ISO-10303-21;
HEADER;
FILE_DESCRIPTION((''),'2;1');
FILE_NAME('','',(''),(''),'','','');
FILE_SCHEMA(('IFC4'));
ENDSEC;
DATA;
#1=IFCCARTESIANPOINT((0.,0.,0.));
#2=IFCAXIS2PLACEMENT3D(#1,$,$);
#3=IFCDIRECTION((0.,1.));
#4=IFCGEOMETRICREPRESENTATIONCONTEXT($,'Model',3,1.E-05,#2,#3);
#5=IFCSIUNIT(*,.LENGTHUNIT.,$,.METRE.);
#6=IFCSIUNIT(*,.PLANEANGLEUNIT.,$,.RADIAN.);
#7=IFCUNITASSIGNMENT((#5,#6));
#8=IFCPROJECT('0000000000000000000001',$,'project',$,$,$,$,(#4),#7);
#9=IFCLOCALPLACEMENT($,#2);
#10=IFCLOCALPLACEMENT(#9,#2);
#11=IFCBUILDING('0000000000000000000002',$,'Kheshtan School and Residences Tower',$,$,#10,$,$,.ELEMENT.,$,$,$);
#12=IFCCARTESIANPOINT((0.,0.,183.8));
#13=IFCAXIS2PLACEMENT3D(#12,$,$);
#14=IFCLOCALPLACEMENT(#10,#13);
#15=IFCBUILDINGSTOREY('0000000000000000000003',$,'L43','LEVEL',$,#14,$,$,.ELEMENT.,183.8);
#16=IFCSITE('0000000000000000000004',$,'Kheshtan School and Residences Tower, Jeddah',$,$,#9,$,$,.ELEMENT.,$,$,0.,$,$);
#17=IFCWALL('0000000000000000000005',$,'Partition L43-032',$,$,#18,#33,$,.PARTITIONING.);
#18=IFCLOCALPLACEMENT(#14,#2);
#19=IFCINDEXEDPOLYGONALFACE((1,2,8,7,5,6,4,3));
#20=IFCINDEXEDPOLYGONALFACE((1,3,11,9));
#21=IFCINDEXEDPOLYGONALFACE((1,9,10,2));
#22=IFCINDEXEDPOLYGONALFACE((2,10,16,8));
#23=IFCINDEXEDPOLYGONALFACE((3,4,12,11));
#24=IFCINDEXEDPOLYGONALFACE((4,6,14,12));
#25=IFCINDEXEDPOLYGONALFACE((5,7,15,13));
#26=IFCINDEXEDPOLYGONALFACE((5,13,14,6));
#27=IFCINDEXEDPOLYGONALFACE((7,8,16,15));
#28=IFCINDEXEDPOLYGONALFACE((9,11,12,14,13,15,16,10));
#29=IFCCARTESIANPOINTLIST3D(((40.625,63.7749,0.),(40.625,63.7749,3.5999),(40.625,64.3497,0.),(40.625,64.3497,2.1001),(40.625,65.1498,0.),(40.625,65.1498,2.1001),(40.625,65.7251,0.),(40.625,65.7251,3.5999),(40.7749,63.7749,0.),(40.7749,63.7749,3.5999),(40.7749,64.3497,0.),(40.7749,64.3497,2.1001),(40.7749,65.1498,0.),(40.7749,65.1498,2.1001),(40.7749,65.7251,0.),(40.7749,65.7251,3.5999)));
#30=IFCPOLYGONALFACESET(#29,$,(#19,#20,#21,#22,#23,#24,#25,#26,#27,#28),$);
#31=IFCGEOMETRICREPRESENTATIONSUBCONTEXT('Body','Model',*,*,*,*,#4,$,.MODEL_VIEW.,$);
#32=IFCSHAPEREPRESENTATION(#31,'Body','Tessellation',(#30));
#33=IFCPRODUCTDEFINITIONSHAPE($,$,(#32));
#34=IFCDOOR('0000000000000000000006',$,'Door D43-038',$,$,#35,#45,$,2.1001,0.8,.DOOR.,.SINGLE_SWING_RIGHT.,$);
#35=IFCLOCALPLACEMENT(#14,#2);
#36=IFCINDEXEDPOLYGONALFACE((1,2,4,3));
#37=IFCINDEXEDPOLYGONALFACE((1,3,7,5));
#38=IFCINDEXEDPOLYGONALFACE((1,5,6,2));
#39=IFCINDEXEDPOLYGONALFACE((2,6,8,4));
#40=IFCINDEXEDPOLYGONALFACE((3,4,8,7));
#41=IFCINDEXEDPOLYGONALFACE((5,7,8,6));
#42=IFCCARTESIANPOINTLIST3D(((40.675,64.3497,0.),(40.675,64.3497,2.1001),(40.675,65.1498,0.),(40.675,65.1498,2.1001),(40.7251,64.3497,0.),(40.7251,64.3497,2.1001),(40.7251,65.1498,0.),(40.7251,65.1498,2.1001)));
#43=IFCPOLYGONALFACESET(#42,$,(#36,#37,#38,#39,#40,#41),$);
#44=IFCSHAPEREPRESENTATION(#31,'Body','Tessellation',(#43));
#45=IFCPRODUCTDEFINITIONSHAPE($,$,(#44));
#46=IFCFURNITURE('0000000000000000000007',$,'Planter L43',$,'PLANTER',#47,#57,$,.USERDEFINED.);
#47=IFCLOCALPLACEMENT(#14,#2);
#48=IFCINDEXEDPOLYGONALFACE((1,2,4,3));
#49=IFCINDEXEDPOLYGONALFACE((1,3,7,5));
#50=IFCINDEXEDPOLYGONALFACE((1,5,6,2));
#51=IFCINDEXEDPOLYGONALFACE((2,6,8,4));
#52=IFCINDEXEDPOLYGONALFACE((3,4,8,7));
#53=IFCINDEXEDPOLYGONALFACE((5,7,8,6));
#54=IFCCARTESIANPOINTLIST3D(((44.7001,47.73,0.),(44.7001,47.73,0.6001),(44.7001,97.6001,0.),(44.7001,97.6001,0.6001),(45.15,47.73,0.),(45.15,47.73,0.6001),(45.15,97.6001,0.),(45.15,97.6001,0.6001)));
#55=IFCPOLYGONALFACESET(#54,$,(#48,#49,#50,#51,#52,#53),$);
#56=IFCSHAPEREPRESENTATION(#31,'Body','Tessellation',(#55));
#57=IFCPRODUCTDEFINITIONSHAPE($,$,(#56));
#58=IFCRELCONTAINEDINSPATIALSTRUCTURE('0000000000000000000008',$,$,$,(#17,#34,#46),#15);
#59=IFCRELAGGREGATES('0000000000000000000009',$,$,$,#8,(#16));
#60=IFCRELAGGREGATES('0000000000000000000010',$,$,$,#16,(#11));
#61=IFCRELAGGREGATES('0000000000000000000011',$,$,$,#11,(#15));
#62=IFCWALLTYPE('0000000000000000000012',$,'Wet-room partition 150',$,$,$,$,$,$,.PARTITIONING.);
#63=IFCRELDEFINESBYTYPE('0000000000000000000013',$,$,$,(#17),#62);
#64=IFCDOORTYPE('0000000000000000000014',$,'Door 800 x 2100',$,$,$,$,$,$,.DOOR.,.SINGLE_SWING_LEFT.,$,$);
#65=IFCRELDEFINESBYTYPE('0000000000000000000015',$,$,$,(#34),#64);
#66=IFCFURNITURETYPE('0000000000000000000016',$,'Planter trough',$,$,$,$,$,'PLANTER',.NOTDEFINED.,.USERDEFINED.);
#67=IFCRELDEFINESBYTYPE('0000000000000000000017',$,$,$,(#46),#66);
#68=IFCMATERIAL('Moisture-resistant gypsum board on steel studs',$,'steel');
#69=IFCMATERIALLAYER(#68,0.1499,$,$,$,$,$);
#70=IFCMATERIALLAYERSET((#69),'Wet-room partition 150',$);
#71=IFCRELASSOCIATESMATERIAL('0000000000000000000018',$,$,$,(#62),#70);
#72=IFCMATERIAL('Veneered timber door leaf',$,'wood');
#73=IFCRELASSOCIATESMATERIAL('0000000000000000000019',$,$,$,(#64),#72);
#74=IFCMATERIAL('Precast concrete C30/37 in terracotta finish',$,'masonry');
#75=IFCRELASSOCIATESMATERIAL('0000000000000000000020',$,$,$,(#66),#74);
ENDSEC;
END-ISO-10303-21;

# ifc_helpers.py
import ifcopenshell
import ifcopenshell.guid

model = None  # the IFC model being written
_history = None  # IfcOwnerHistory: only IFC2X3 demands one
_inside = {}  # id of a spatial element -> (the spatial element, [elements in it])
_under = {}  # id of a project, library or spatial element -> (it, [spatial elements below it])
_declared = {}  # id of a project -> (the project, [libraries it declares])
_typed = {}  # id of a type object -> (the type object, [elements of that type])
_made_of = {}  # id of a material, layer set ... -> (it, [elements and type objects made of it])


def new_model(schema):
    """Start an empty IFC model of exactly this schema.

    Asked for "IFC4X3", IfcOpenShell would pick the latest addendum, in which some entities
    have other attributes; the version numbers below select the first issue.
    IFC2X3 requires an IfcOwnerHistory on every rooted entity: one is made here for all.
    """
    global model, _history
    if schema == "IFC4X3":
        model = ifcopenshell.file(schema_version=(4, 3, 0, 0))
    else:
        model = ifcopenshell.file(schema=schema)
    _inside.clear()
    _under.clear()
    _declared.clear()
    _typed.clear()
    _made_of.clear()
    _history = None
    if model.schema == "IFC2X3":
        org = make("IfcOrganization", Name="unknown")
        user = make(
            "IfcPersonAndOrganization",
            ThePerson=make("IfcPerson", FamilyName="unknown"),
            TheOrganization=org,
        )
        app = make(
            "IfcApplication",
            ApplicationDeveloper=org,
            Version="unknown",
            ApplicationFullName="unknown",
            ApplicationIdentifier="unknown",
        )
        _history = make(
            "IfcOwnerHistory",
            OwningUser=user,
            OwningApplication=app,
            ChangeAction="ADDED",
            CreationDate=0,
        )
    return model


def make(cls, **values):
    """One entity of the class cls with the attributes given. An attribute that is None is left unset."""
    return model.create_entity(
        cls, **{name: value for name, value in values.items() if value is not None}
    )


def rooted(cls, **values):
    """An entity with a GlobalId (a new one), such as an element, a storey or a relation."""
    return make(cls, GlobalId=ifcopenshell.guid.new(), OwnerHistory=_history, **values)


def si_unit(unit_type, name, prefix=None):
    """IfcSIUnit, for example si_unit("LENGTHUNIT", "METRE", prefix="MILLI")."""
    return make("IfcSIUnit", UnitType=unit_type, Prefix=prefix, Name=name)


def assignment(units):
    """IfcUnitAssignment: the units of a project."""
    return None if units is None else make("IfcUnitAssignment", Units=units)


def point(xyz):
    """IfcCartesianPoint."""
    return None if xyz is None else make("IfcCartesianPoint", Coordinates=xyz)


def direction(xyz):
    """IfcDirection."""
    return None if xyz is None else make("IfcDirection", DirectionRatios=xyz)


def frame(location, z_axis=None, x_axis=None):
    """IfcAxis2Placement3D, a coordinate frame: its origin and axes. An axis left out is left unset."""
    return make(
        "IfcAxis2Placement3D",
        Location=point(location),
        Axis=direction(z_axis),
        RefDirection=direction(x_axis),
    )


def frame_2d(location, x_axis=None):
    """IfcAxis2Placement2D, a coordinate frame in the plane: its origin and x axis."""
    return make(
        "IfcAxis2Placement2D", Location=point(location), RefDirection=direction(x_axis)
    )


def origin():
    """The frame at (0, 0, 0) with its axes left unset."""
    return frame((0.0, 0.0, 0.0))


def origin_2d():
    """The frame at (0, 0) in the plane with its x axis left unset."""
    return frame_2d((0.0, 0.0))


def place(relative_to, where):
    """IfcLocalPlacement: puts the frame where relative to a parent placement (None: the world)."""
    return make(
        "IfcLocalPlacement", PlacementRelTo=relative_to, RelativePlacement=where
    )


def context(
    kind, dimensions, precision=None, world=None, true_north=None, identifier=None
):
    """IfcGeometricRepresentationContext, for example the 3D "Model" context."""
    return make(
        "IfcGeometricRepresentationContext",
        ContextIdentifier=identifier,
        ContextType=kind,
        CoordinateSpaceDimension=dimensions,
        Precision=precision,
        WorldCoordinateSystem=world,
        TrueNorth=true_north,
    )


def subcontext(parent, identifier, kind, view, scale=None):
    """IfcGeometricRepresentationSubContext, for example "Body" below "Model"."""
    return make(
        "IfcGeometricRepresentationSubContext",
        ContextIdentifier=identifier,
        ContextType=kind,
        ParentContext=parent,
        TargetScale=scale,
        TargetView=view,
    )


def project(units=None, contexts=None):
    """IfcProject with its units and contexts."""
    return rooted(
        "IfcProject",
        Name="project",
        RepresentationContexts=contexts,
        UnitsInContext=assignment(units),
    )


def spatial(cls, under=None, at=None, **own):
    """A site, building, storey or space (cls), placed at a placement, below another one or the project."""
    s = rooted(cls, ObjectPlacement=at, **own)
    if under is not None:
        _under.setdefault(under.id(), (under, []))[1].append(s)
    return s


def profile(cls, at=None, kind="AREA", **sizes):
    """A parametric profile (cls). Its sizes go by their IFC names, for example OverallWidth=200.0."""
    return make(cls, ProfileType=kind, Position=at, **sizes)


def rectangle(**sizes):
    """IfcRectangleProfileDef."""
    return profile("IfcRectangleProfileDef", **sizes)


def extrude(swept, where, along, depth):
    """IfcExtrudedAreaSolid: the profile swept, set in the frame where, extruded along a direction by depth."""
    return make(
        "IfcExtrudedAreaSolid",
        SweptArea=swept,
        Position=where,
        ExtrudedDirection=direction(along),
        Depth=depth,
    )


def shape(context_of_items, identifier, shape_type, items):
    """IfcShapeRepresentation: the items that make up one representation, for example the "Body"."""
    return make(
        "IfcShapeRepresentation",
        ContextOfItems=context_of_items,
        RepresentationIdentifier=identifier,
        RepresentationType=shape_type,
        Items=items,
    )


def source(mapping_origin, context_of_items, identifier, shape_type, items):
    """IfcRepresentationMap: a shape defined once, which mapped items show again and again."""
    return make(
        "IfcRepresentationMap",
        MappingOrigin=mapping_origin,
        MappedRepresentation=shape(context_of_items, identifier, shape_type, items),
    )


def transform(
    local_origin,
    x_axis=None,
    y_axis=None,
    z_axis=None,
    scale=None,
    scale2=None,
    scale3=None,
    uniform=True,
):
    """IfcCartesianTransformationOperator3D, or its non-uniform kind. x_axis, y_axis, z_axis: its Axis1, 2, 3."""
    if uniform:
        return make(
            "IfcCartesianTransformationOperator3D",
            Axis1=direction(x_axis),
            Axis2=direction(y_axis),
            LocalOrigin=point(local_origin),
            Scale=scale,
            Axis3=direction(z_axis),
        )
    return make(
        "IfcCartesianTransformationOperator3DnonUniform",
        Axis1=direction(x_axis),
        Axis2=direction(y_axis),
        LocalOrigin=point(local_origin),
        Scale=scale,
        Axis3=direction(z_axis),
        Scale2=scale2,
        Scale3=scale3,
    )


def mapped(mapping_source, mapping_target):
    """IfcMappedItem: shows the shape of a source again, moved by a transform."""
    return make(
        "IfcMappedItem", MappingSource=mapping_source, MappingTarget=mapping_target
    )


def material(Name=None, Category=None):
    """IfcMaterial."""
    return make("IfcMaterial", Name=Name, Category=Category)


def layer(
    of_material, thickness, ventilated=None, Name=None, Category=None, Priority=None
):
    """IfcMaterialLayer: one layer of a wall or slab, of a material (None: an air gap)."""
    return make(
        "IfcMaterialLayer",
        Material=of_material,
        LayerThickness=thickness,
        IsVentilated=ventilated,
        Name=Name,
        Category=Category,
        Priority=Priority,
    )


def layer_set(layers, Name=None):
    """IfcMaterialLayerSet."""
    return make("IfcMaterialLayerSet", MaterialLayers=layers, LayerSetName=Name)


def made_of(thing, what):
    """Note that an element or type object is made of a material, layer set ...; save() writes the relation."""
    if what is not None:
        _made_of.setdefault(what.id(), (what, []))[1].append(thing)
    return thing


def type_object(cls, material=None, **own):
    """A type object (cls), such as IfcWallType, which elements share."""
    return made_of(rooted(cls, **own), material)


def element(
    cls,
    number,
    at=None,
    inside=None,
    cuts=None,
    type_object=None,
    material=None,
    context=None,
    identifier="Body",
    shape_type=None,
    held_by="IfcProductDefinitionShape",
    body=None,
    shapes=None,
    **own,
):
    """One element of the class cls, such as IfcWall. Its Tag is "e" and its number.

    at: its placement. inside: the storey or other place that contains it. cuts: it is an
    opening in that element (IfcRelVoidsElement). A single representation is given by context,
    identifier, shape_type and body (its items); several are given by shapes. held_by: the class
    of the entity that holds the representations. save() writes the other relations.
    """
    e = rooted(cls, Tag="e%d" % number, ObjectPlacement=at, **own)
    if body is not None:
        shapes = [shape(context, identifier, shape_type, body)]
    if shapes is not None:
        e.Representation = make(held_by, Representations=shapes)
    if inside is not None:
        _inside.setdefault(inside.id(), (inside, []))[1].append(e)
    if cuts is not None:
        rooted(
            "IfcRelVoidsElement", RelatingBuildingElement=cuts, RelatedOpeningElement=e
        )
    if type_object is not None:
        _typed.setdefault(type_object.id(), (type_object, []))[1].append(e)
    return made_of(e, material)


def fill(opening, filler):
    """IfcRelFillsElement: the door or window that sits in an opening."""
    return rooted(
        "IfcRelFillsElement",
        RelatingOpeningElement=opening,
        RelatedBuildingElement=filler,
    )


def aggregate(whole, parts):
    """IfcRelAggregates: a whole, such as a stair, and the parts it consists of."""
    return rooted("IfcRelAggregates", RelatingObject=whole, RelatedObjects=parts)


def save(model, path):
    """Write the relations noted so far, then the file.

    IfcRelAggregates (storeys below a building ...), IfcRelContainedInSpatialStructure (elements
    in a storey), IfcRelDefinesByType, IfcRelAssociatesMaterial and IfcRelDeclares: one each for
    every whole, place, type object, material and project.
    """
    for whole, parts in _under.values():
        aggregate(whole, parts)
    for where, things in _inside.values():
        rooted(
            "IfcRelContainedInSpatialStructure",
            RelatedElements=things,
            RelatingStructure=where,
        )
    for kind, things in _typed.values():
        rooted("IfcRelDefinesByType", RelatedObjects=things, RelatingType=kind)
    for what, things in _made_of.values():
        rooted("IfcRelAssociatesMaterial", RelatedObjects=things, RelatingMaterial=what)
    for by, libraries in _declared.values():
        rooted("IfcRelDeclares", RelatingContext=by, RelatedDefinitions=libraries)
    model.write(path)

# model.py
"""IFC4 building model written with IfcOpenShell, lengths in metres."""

from ifc_helpers import new_model, si_unit, direction, frame, frame_2d, origin, origin_2d, place, context, subcontext, project, spatial, rectangle, extrude, source, transform, mapped, material, layer, layer_set, type_object, element, fill, save


model = new_model("IFC4")

# Units and contexts
model_context = context("Model", 3, precision=1e-05, world=origin(), true_north=direction((0.0, 1.0)))
body_context = subcontext(model_context, "Body", "Model", "MODEL_VIEW")
ifc_project = project(units=[si_unit("LENGTHUNIT", "METRE"), si_unit("PLANEANGLEUNIT", "RADIAN")], contexts=[model_context])

# Site, building, storey
site_placement = place(None, origin())
site = spatial("IfcSite", under=ifc_project, at=site_placement, Name="Kheshtan School and Residences Tower, Jeddah", CompositionType="ELEMENT", RefElevation=0.0)
building_placement = place(site_placement, origin())
building = spatial("IfcBuilding", under=site, at=building_placement, Name="Kheshtan School and Residences Tower", CompositionType="ELEMENT")
storey_placement = place(building_placement, frame((0.0, 0.0, 183.8)))
storey = spatial("IfcBuildingStorey", under=building, at=storey_placement, Name="L43", Description="LEVEL", CompositionType="ELEMENT", Elevation=183.8)

# Wall, opening, door
ifc_material_1 = material(Name="Moisture-resistant gypsum board on steel studs", Category="steel")
ifc_layer_1 = layer(ifc_material_1, 0.1499)
ifc_layer_set_1 = layer_set([ifc_layer_1], Name="Wet-room partition 150")
wall_type_1 = type_object("IfcWallType", Name="Wet-room partition 150", PredefinedType="PARTITIONING", material=ifc_layer_set_1)
wall_1_placement = place(storey_placement, frame((40.7, 63.7749, 0.0), z_axis=(0.0, 0.0, 1.0), x_axis=(0.0, 1.0, 0.0)))
wall_1 = element("IfcWall", 1, at=wall_1_placement, inside=storey, type_object=wall_type_1, Name="Partition L43-032", PredefinedType="PARTITIONING", context=body_context, shape_type="SweptSolid", body=[
    extrude(rectangle(XDim=1.9502, YDim=0.1499, at=frame_2d((0.9751, 0.0))), origin(), (0.0, 0.0, 1.0), 3.5999),
])
opening_1_placement = place(wall_1_placement, frame((0.575, 0.0, 0.0)))
opening_1 = element("IfcOpeningElement", 2, at=opening_1_placement, cuts=wall_1, PredefinedType="OPENING", context=body_context, shape_type="SweptSolid", body=[
    extrude(rectangle(XDim=0.8, YDim=2.1001, at=frame_2d((0.3999, 1.05))), frame((0.0, 0.085, 0.0), z_axis=(0.0, -1.0, 0.0), x_axis=(1.0, 0.0, 0.0)), (0.0, 0.0, 1.0), 0.1699),
])
ifc_material_2 = material(Name="Veneered timber door leaf", Category="wood")
door_type_1 = type_object("IfcDoorType", Name="Door 800 x 2100", OperationType="SINGLE_SWING_LEFT", PredefinedType="DOOR", material=ifc_material_2)
shared_shape_1 = source(origin(), body_context, "Body", "SweptSolid", [
    extrude(rectangle(XDim=0.8, YDim=2.1001, at=frame_2d((0.3999, 1.05))), frame((0.0, 0.0249, 0.0), z_axis=(0.0, -1.0, 0.0), x_axis=(1.0, 0.0, 0.0)), (0.0, 0.0, 1.0), 0.05),
])
door_1_placement = place(opening_1_placement, origin())
door_1 = element("IfcDoor", 3, at=door_1_placement, inside=storey, type_object=door_type_1, Name="Door D43-038", OperationType="SINGLE_SWING_RIGHT", OverallHeight=2.1001, OverallWidth=0.8, PredefinedType="DOOR", context=body_context, shape_type="MappedRepresentation", body=[
    mapped(shared_shape_1, transform((0.0, 0.0, 0.0), x_axis=(1.0, 0.0, 0.0), y_axis=(0.0, 1.0, 0.0), z_axis=(0.0, 0.0, 1.0), scale=1.0)),
])
fill(opening_1, door_1)

# Furniture
ifc_material_3 = material(Name="Precast concrete C30/37 in terracotta finish", Category="masonry")
furniture_type = type_object("IfcFurnitureType", Name="Planter trough", ElementType="PLANTER", AssemblyPlace="NOTDEFINED", PredefinedType="USERDEFINED", material=ifc_material_3)
furniture_placement = place(storey_placement, frame((44.925, 72.665, 0.0), z_axis=(0.0, 0.0, 1.0), x_axis=(0.0, -1.0, 0.0)))
element("IfcFurniture", 4, at=furniture_placement, inside=storey, type_object=furniture_type, Name="Planter L43", ObjectType="PLANTER", PredefinedType="USERDEFINED", context=body_context, shape_type="SweptSolid", body=[
    extrude(rectangle(XDim=49.8701, YDim=0.45, at=origin_2d()), origin(), (0.0, 0.0, 1.0), 0.6001),
])

save(model, "model.ifc")
